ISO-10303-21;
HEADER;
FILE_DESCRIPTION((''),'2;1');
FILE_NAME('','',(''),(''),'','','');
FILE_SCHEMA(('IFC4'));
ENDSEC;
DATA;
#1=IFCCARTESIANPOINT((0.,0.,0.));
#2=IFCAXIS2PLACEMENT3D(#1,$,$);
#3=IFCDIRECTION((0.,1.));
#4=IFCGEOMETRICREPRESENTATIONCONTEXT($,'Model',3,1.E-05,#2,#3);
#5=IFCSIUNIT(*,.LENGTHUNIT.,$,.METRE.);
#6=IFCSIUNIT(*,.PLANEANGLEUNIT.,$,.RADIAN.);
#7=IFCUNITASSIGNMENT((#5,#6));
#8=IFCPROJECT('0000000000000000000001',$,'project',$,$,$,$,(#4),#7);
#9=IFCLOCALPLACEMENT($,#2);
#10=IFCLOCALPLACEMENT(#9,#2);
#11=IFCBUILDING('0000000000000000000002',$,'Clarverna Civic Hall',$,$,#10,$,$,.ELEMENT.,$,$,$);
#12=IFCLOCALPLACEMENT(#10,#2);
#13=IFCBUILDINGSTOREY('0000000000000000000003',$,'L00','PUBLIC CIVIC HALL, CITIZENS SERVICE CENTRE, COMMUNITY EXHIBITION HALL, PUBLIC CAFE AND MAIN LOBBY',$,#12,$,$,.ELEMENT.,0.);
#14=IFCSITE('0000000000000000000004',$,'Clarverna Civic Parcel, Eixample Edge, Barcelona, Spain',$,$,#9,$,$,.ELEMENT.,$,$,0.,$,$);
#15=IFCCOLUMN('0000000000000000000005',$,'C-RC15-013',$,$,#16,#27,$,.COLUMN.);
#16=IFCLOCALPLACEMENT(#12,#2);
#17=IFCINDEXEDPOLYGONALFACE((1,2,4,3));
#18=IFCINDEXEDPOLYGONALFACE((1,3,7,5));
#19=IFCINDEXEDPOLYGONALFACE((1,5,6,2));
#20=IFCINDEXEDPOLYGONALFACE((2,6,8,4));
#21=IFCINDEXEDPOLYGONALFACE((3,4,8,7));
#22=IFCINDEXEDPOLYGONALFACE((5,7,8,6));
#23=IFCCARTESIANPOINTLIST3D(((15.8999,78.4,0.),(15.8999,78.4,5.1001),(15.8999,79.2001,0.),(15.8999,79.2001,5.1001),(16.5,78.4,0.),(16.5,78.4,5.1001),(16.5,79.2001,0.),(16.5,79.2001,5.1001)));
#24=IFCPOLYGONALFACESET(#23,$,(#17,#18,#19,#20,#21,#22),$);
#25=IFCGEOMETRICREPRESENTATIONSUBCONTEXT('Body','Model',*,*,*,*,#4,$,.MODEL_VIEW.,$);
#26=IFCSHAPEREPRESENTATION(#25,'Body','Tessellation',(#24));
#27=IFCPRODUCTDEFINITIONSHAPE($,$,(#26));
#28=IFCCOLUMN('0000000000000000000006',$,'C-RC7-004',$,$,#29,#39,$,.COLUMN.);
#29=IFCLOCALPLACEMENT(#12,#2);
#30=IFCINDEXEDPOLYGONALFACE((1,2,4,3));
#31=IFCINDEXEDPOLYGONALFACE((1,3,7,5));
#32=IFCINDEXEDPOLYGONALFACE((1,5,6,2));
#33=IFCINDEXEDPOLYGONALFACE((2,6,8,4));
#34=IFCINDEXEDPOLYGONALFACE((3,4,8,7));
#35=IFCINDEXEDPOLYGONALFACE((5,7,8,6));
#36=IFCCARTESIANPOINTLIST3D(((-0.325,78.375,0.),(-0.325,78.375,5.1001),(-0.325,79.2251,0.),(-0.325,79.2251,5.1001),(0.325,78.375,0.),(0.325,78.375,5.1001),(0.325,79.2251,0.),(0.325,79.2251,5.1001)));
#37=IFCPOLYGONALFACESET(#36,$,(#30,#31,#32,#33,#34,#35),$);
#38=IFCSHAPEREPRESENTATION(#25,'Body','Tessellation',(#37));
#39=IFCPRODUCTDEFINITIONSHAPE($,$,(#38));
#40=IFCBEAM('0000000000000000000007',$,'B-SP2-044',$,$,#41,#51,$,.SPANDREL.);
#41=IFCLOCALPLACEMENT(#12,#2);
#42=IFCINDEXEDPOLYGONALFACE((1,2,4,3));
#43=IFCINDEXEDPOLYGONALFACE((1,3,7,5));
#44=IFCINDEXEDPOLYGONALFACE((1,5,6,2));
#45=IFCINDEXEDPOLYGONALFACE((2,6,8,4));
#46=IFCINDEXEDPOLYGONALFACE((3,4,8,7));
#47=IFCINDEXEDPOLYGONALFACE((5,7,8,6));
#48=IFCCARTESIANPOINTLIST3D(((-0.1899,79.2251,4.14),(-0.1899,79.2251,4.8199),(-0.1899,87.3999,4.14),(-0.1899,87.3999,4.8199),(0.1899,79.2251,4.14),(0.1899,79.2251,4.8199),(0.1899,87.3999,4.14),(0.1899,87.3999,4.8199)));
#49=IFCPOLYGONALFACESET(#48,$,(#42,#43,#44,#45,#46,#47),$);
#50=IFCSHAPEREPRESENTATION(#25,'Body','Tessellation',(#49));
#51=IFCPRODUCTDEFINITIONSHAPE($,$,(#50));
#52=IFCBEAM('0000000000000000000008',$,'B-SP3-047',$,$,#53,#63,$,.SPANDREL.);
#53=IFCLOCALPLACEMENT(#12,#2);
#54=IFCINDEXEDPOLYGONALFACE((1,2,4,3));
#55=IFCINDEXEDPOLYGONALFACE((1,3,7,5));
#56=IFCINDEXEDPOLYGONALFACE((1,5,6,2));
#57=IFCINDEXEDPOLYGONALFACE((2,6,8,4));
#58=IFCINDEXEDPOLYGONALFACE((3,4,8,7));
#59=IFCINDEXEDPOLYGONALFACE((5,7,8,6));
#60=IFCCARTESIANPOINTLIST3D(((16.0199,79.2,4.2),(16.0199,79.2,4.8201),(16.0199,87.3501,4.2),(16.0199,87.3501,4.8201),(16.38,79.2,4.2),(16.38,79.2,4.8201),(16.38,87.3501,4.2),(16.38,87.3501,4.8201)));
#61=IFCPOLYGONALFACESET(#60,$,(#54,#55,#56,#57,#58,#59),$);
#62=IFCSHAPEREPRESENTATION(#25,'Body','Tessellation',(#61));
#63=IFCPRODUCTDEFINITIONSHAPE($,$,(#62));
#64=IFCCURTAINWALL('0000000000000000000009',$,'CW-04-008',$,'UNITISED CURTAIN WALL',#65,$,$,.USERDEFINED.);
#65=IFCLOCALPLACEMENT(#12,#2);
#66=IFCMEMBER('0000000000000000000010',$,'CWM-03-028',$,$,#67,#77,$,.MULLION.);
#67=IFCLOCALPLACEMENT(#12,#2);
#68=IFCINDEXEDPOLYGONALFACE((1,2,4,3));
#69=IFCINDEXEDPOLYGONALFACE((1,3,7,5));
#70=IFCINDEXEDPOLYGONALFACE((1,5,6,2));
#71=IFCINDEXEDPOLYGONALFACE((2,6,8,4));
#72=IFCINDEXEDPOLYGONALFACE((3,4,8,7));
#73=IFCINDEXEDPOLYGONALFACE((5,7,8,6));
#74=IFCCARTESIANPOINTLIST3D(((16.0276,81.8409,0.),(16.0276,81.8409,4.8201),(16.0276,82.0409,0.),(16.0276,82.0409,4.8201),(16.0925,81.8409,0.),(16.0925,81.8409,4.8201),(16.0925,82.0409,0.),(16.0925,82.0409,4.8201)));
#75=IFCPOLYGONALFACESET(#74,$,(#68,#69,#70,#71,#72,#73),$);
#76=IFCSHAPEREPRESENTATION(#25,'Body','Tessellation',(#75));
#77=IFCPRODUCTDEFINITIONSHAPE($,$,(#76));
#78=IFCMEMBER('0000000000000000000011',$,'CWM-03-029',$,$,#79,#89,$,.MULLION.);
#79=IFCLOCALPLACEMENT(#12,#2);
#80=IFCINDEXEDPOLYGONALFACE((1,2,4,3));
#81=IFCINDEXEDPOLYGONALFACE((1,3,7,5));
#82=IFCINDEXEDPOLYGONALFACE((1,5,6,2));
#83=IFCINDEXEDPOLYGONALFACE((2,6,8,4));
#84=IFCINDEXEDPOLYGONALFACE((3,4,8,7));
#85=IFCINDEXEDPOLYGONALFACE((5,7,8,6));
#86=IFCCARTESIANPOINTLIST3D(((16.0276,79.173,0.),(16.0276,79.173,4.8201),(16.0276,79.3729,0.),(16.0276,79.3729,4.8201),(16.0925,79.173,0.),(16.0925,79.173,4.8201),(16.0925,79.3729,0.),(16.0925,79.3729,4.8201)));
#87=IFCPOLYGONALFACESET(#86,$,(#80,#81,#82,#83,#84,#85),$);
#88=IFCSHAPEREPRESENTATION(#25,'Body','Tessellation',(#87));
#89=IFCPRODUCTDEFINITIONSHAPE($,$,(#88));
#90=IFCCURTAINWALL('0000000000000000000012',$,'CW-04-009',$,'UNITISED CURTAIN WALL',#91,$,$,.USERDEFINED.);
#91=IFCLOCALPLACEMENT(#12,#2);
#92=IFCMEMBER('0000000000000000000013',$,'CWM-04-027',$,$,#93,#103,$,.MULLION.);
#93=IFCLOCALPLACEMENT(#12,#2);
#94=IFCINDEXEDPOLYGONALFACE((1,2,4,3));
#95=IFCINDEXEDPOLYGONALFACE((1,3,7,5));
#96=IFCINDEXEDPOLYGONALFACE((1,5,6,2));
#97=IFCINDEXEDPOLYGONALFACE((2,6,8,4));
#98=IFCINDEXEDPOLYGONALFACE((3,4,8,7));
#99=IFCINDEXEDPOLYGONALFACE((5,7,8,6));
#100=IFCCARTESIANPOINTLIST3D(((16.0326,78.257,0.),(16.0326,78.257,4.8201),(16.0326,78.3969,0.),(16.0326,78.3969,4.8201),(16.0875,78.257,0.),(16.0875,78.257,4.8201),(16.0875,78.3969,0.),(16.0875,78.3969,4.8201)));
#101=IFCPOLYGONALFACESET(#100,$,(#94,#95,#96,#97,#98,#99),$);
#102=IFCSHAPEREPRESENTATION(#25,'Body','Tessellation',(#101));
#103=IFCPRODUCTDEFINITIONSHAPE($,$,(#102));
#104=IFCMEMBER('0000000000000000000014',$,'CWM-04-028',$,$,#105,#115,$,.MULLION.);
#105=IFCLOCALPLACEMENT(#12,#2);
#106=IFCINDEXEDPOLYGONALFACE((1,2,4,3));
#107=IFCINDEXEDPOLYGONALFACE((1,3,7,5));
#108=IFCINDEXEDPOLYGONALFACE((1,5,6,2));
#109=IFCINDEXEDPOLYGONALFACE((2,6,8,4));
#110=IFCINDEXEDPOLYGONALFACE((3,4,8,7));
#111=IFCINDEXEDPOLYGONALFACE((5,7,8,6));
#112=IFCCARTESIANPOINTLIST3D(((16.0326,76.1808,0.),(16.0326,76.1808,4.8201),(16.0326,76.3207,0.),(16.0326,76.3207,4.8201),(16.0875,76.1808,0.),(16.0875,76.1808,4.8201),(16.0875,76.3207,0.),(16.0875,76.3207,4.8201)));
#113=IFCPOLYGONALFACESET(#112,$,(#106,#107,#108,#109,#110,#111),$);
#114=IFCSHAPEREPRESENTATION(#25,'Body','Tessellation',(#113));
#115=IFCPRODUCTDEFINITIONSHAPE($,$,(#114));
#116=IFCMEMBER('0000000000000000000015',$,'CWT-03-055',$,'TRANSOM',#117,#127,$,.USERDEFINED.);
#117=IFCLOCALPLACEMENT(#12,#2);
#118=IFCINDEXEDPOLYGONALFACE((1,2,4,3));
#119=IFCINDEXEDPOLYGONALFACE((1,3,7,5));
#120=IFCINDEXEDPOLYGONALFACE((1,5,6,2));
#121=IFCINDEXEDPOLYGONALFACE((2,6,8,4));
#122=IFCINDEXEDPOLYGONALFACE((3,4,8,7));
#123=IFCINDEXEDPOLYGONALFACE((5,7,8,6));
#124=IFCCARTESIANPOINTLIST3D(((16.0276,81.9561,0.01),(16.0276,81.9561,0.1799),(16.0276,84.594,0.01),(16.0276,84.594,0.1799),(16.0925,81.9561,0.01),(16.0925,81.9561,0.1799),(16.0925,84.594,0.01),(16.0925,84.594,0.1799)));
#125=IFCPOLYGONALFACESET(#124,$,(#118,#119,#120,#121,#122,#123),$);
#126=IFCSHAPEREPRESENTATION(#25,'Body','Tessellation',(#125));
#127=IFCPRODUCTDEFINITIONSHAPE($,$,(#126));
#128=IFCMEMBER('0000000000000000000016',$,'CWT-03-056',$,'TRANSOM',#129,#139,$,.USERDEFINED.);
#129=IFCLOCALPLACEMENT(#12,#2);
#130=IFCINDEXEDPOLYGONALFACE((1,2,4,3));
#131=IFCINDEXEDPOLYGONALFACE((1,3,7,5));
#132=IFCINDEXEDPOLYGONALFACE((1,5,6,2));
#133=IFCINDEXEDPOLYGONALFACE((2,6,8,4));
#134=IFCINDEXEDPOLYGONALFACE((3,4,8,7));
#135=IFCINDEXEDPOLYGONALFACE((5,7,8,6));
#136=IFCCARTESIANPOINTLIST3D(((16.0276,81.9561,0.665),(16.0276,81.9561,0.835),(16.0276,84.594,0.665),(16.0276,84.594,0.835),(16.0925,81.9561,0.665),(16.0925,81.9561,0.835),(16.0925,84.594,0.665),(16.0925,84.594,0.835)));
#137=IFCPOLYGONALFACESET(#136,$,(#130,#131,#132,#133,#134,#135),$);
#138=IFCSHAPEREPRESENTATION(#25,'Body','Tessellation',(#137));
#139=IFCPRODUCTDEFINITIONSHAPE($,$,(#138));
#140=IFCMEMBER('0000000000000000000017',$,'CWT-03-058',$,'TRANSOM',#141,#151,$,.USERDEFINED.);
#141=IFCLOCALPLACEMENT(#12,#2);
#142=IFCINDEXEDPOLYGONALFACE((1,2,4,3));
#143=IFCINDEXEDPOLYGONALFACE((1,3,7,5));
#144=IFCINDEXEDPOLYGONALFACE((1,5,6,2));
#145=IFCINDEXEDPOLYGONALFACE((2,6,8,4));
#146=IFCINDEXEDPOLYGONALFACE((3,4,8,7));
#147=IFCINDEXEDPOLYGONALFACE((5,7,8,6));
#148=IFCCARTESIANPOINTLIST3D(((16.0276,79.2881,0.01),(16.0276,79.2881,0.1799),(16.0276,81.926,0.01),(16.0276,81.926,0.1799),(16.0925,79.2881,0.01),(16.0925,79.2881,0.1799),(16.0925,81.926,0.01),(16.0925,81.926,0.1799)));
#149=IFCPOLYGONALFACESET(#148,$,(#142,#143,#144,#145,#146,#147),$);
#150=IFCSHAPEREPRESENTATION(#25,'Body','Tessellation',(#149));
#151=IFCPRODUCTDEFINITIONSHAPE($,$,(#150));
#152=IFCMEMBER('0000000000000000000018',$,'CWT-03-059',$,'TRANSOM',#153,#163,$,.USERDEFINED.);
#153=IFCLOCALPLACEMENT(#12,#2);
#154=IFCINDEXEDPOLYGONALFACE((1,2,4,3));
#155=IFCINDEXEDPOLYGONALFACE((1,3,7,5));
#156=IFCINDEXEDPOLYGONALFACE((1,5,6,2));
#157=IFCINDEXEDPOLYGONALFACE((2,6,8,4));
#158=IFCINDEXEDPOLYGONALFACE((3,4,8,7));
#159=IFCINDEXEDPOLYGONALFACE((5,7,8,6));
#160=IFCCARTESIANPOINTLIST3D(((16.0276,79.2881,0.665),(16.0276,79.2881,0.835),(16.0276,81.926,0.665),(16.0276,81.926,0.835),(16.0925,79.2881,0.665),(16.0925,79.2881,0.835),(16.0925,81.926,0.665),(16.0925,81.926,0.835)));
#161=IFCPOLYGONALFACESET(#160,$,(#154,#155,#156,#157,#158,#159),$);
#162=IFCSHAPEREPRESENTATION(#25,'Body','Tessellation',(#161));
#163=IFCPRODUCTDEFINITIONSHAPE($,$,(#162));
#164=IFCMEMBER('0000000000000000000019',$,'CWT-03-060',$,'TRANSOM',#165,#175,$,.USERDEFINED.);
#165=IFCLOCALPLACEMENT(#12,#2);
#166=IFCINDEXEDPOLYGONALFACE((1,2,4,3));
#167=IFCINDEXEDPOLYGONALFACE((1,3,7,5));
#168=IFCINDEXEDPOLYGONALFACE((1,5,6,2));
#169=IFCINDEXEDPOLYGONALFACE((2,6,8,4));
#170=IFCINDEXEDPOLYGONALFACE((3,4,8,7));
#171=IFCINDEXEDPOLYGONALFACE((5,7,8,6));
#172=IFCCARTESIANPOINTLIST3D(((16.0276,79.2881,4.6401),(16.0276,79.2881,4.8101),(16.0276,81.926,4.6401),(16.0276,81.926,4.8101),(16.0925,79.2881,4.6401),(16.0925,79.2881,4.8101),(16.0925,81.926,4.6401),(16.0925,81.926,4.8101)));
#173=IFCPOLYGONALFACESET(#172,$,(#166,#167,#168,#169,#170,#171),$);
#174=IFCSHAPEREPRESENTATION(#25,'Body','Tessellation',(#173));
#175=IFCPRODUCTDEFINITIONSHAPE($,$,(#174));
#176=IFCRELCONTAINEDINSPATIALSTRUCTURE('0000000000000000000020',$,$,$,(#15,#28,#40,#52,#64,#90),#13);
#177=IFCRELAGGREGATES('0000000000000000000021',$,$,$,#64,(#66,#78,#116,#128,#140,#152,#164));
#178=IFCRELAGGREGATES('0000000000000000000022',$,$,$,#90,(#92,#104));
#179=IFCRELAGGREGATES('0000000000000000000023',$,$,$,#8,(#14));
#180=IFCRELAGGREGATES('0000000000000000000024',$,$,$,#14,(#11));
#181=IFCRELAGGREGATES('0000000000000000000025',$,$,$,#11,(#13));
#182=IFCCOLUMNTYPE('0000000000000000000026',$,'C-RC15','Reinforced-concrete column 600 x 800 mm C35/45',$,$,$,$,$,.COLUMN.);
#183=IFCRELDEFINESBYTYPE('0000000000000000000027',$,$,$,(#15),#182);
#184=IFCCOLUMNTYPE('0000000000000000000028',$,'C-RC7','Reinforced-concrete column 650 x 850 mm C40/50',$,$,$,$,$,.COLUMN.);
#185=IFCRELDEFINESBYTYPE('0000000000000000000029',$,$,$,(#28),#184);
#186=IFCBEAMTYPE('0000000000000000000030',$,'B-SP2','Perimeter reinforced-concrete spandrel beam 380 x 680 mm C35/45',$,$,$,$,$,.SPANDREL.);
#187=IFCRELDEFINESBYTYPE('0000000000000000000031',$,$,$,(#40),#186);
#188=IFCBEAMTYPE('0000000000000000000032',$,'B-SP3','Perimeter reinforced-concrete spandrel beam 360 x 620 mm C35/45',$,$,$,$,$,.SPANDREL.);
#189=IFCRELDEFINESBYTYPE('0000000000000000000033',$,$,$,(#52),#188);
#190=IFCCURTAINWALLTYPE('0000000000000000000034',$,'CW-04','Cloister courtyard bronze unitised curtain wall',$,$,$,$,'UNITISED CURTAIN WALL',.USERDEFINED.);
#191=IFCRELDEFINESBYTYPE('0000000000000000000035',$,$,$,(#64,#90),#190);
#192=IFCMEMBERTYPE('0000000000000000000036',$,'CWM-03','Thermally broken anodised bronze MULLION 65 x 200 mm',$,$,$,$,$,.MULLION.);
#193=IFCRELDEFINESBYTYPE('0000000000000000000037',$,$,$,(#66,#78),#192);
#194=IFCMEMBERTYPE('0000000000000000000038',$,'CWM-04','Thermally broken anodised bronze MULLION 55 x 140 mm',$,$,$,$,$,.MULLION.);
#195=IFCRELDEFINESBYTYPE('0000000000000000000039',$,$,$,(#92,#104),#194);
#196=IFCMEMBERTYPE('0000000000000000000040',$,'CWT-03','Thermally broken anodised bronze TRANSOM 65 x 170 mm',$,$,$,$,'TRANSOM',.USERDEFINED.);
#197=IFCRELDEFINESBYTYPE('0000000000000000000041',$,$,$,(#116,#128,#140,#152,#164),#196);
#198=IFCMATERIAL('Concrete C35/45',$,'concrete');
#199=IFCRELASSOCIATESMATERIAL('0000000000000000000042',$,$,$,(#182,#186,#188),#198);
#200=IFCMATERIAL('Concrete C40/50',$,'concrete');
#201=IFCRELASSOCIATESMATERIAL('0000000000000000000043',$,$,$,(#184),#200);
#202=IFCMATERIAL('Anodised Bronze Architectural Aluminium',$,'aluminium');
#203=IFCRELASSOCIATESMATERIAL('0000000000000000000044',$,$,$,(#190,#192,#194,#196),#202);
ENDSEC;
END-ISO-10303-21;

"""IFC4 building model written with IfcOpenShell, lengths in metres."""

from ifc_helpers import new_model, si_unit, direction, frame, origin, origin_2d, place, context, subcontext, project, spatial, rectangle, extrude, material, material_profile, profile_set, type_object, element, aggregate, save


model = new_model("IFC4")

# Units and contexts
model_context = context("Model", 3, precision=1e-05, world=origin(), true_north=direction((0.0, 1.0)))
body_context = subcontext(model_context, "Body", "Model", "MODEL_VIEW")
ifc_project = project(units=[si_unit("LENGTHUNIT", "METRE"), si_unit("PLANEANGLEUNIT", "RADIAN")], contexts=[model_context])

# Site, building, storey
site_placement = place(None, origin())
site = spatial("IfcSite", under=ifc_project, at=site_placement, Name="Clarverna Civic Parcel, Eixample Edge, Barcelona, Spain", CompositionType="ELEMENT", RefElevation=0.0)
building_placement = place(site_placement, origin())
building = spatial("IfcBuilding", under=site, at=building_placement, Name="Clarverna Civic Hall", CompositionType="ELEMENT")
storey_placement = place(building_placement, origin())
storey = spatial("IfcBuildingStorey", under=building, at=storey_placement, Name="L00", Description="PUBLIC CIVIC HALL, CITIZENS SERVICE CENTRE, COMMUNITY EXHIBITION HALL, PUBLIC CAFE AND MAIN LOBBY", CompositionType="ELEMENT", Elevation=0.0)

# Columns
ifc_material_1 = material(Name="Concrete C35/45", Category="concrete")
ifc_material_profile_1 = material_profile(ifc_material_1, rectangle(XDim=0.6001, YDim=0.8, at=origin_2d()), Name="RC 600x800")
ifc_profile_set_1 = profile_set([ifc_material_profile_1], Name="Concrete C35/45")
column_type_1 = type_object("IfcColumnType", Name="C-RC15", Description="Reinforced-concrete column 600 x 800 mm C35/45", PredefinedType="COLUMN", material=ifc_profile_set_1)
column_1_placement = place(storey_placement, frame((16.2, 78.8, 0.0), z_axis=(0.0, 0.0, 1.0), x_axis=(1.0, 0.0, 0.0)))
element("IfcColumn", 1, at=column_1_placement, inside=storey, type_object=column_type_1, Name="C-RC15-013", PredefinedType="COLUMN", context=body_context, shape_type="SweptSolid", body=[
    extrude(rectangle(XDim=0.6001, YDim=0.8, at=origin_2d()), origin(), (0.0, 0.0, 1.0), 5.1001),
])
ifc_material_2 = material(Name="Concrete C40/50", Category="concrete")
ifc_material_profile_2 = material_profile(ifc_material_2, rectangle(XDim=0.6499, YDim=0.8501, at=origin_2d()), Name="RC 650x850")
ifc_profile_set_2 = profile_set([ifc_material_profile_2], Name="Concrete C40/50")
column_type_2 = type_object("IfcColumnType", Name="C-RC7", Description="Reinforced-concrete column 650 x 850 mm C40/50", PredefinedType="COLUMN", material=ifc_profile_set_2)
column_2_placement = place(storey_placement, frame((0.0, 78.8, 0.0), z_axis=(0.0, 0.0, 1.0), x_axis=(1.0, 0.0, 0.0)))
element("IfcColumn", 2, at=column_2_placement, inside=storey, type_object=column_type_2, Name="C-RC7-004", PredefinedType="COLUMN", context=body_context, shape_type="SweptSolid", body=[
    extrude(rectangle(XDim=0.6499, YDim=0.8501, at=origin_2d()), origin(), (0.0, 0.0, 1.0), 5.1001),
])

# Beams
ifc_material_profile_3 = material_profile(ifc_material_1, rectangle(XDim=0.3799, YDim=0.6799, at=origin_2d()), Name="RC 380x680")
ifc_profile_set_3 = profile_set([ifc_material_profile_3], Name="Concrete C35/45")
beam_type_1 = type_object("IfcBeamType", Name="B-SP2", Description="Perimeter reinforced-concrete spandrel beam 380 x 680 mm C35/45", PredefinedType="SPANDREL", material=ifc_profile_set_3)
beam_1_placement = place(storey_placement, frame((0.0, 79.2251, 4.48), z_axis=(0.0, 1.0, 0.0), x_axis=(-1.0, 0.0, 0.0)))
element("IfcBeam", 3, at=beam_1_placement, inside=storey, type_object=beam_type_1, Name="B-SP2-044", PredefinedType="SPANDREL", context=body_context, shape_type="SweptSolid", body=[
    extrude(rectangle(XDim=0.3799, YDim=0.6799, at=origin_2d()), origin(), (0.0, 0.0, 1.0), 8.1748),
])
ifc_material_profile_4 = material_profile(ifc_material_1, rectangle(XDim=0.3601, YDim=0.6201, at=origin_2d()), Name="RC 360x620")
ifc_profile_set_4 = profile_set([ifc_material_profile_4], Name="Concrete C35/45")
beam_type_2 = type_object("IfcBeamType", Name="B-SP3", Description="Perimeter reinforced-concrete spandrel beam 360 x 620 mm C35/45", PredefinedType="SPANDREL", material=ifc_profile_set_4)
beam_2_placement = place(storey_placement, frame((16.2, 79.2, 4.51), z_axis=(0.0, 1.0, 0.0), x_axis=(-1.0, 0.0, 0.0)))
element("IfcBeam", 4, at=beam_2_placement, inside=storey, type_object=beam_type_2, Name="B-SP3-047", PredefinedType="SPANDREL", context=body_context, shape_type="SweptSolid", body=[
    extrude(rectangle(XDim=0.3601, YDim=0.6201, at=origin_2d()), origin(), (0.0, 0.0, 1.0), 8.1501),
])

# Curtain walls, members
ifc_material_3 = material(Name="Anodised Bronze Architectural Aluminium", Category="aluminium")
curtain_wall_type = type_object("IfcCurtainWallType", Name="CW-04", Description="Cloister courtyard bronze unitised curtain wall", ElementType="UNITISED CURTAIN WALL", PredefinedType="USERDEFINED", material=ifc_material_3)
curtain_wall_1_placement = place(storey_placement, origin())
curtain_wall_1 = element("IfcCurtainWall", 5, at=curtain_wall_1_placement, inside=storey, type_object=curtain_wall_type, Name="CW-04-008", ObjectType="UNITISED CURTAIN WALL", PredefinedType="USERDEFINED")
ifc_material_profile_5 = material_profile(ifc_material_3, rectangle(XDim=0.0649, YDim=0.2, at=origin_2d()), Name="BRONZE 65x200")
ifc_profile_set_5 = profile_set([ifc_material_profile_5], Name="Anodised Bronze Architectural Aluminium")
member_type_1 = type_object("IfcMemberType", Name="CWM-03", Description="Thermally broken anodised bronze MULLION 65 x 200 mm", PredefinedType="MULLION", material=ifc_profile_set_5)
member_1_placement = place(storey_placement, frame((16.0601, 81.9409, 0.0), z_axis=(0.0, 0.0, 1.0), x_axis=(1.0, 0.0, 0.0)))
member_1 = element("IfcMember", 6, at=member_1_placement, type_object=member_type_1, Name="CWM-03-028", PredefinedType="MULLION", context=body_context, shape_type="SweptSolid", body=[
    extrude(rectangle(XDim=0.0649, YDim=0.2, at=origin_2d()), origin(), (0.0, 0.0, 1.0), 4.8201),
])
member_2_placement = place(storey_placement, frame((16.0601, 79.2729, 0.0), z_axis=(0.0, 0.0, 1.0), x_axis=(1.0, 0.0, 0.0)))
member_2 = element("IfcMember", 7, at=member_2_placement, type_object=member_type_1, Name="CWM-03-029", PredefinedType="MULLION", context=body_context, shape_type="SweptSolid", body=[
    extrude(rectangle(XDim=0.0649, YDim=0.2, at=origin_2d()), origin(), (0.0, 0.0, 1.0), 4.8201),
])
curtain_wall_2_placement = place(storey_placement, origin())
curtain_wall_2 = element("IfcCurtainWall", 8, at=curtain_wall_2_placement, inside=storey, type_object=curtain_wall_type, Name="CW-04-009", ObjectType="UNITISED CURTAIN WALL", PredefinedType="USERDEFINED")
ifc_material_profile_6 = material_profile(ifc_material_3, rectangle(XDim=0.0549, YDim=0.1399, at=origin_2d()), Name="BRONZE 55x140")
ifc_profile_set_6 = profile_set([ifc_material_profile_6], Name="Anodised Bronze Architectural Aluminium")
member_type_2 = type_object("IfcMemberType", Name="CWM-04", Description="Thermally broken anodised bronze MULLION 55 x 140 mm", PredefinedType="MULLION", material=ifc_profile_set_6)
member_3_placement = place(storey_placement, frame((16.0601, 78.3269, 0.0), z_axis=(0.0, 0.0, 1.0), x_axis=(1.0, 0.0, 0.0)))
member_3 = element("IfcMember", 9, at=member_3_placement, type_object=member_type_2, Name="CWM-04-027", PredefinedType="MULLION", context=body_context, shape_type="SweptSolid", body=[
    extrude(rectangle(XDim=0.0549, YDim=0.1399, at=origin_2d()), origin(), (0.0, 0.0, 1.0), 4.8201),
])
member_4_placement = place(storey_placement, frame((16.0601, 76.2507, 0.0), z_axis=(0.0, 0.0, 1.0), x_axis=(1.0, 0.0, 0.0)))
member_4 = element("IfcMember", 10, at=member_4_placement, type_object=member_type_2, Name="CWM-04-028", PredefinedType="MULLION", context=body_context, shape_type="SweptSolid", body=[
    extrude(rectangle(XDim=0.0549, YDim=0.1399, at=origin_2d()), origin(), (0.0, 0.0, 1.0), 4.8201),
])

# Members
ifc_material_profile_7 = material_profile(ifc_material_3, rectangle(XDim=0.0649, YDim=0.1699, at=origin_2d()), Name="BRONZE 65x170")
ifc_profile_set_7 = profile_set([ifc_material_profile_7], Name="Anodised Bronze Architectural Aluminium")
member_type_3 = type_object("IfcMemberType", Name="CWT-03", Description="Thermally broken anodised bronze TRANSOM 65 x 170 mm", ElementType="TRANSOM", PredefinedType="USERDEFINED", material=ifc_profile_set_7)
member_5_placement = place(storey_placement, frame((16.0601, 84.594, 0.095), z_axis=(0.0, -1.0, 0.0), x_axis=(1.0, 0.0, 0.0)))
member_5 = element("IfcMember", 11, at=member_5_placement, type_object=member_type_3, Name="CWT-03-055", ObjectType="TRANSOM", PredefinedType="USERDEFINED", context=body_context, shape_type="SweptSolid", body=[
    extrude(rectangle(XDim=0.0649, YDim=0.1699, at=origin_2d()), origin(), (0.0, 0.0, 1.0), 2.6379),
])
member_6_placement = place(storey_placement, frame((16.0601, 84.594, 0.75), z_axis=(0.0, -1.0, 0.0), x_axis=(1.0, 0.0, 0.0)))
member_6 = element("IfcMember", 12, at=member_6_placement, type_object=member_type_3, Name="CWT-03-056", ObjectType="TRANSOM", PredefinedType="USERDEFINED", context=body_context, shape_type="SweptSolid", body=[
    extrude(rectangle(XDim=0.0649, YDim=0.1699, at=origin_2d()), origin(), (0.0, 0.0, 1.0), 2.6379),
])
member_7_placement = place(storey_placement, frame((16.0601, 81.926, 0.095), z_axis=(0.0, -1.0, 0.0), x_axis=(1.0, 0.0, 0.0)))
member_7 = element("IfcMember", 13, at=member_7_placement, type_object=member_type_3, Name="CWT-03-058", ObjectType="TRANSOM", PredefinedType="USERDEFINED", context=body_context, shape_type="SweptSolid", body=[
    extrude(rectangle(XDim=0.0649, YDim=0.1699, at=origin_2d()), origin(), (0.0, 0.0, 1.0), 2.6379),
])
member_8_placement = place(storey_placement, frame((16.0601, 81.926, 0.75), z_axis=(0.0, -1.0, 0.0), x_axis=(1.0, 0.0, 0.0)))
member_8 = element("IfcMember", 14, at=member_8_placement, type_object=member_type_3, Name="CWT-03-059", ObjectType="TRANSOM", PredefinedType="USERDEFINED", context=body_context, shape_type="SweptSolid", body=[
    extrude(rectangle(XDim=0.0649, YDim=0.1699, at=origin_2d()), origin(), (0.0, 0.0, 1.0), 2.6379),
])
member_9_placement = place(storey_placement, frame((16.0601, 81.926, 4.7251), z_axis=(0.0, -1.0, 0.0), x_axis=(1.0, 0.0, 0.0)))
member_9 = element("IfcMember", 15, at=member_9_placement, type_object=member_type_3, Name="CWT-03-060", ObjectType="TRANSOM", PredefinedType="USERDEFINED", context=body_context, shape_type="SweptSolid", body=[
    extrude(rectangle(XDim=0.0649, YDim=0.1699, at=origin_2d()), origin(), (0.0, 0.0, 1.0), 2.6379),
])

aggregate(curtain_wall_1, [member_1, member_2, member_5, member_6, member_7, member_8, member_9])
aggregate(curtain_wall_2, [member_3, member_4])

save(model, "model.ifc")
